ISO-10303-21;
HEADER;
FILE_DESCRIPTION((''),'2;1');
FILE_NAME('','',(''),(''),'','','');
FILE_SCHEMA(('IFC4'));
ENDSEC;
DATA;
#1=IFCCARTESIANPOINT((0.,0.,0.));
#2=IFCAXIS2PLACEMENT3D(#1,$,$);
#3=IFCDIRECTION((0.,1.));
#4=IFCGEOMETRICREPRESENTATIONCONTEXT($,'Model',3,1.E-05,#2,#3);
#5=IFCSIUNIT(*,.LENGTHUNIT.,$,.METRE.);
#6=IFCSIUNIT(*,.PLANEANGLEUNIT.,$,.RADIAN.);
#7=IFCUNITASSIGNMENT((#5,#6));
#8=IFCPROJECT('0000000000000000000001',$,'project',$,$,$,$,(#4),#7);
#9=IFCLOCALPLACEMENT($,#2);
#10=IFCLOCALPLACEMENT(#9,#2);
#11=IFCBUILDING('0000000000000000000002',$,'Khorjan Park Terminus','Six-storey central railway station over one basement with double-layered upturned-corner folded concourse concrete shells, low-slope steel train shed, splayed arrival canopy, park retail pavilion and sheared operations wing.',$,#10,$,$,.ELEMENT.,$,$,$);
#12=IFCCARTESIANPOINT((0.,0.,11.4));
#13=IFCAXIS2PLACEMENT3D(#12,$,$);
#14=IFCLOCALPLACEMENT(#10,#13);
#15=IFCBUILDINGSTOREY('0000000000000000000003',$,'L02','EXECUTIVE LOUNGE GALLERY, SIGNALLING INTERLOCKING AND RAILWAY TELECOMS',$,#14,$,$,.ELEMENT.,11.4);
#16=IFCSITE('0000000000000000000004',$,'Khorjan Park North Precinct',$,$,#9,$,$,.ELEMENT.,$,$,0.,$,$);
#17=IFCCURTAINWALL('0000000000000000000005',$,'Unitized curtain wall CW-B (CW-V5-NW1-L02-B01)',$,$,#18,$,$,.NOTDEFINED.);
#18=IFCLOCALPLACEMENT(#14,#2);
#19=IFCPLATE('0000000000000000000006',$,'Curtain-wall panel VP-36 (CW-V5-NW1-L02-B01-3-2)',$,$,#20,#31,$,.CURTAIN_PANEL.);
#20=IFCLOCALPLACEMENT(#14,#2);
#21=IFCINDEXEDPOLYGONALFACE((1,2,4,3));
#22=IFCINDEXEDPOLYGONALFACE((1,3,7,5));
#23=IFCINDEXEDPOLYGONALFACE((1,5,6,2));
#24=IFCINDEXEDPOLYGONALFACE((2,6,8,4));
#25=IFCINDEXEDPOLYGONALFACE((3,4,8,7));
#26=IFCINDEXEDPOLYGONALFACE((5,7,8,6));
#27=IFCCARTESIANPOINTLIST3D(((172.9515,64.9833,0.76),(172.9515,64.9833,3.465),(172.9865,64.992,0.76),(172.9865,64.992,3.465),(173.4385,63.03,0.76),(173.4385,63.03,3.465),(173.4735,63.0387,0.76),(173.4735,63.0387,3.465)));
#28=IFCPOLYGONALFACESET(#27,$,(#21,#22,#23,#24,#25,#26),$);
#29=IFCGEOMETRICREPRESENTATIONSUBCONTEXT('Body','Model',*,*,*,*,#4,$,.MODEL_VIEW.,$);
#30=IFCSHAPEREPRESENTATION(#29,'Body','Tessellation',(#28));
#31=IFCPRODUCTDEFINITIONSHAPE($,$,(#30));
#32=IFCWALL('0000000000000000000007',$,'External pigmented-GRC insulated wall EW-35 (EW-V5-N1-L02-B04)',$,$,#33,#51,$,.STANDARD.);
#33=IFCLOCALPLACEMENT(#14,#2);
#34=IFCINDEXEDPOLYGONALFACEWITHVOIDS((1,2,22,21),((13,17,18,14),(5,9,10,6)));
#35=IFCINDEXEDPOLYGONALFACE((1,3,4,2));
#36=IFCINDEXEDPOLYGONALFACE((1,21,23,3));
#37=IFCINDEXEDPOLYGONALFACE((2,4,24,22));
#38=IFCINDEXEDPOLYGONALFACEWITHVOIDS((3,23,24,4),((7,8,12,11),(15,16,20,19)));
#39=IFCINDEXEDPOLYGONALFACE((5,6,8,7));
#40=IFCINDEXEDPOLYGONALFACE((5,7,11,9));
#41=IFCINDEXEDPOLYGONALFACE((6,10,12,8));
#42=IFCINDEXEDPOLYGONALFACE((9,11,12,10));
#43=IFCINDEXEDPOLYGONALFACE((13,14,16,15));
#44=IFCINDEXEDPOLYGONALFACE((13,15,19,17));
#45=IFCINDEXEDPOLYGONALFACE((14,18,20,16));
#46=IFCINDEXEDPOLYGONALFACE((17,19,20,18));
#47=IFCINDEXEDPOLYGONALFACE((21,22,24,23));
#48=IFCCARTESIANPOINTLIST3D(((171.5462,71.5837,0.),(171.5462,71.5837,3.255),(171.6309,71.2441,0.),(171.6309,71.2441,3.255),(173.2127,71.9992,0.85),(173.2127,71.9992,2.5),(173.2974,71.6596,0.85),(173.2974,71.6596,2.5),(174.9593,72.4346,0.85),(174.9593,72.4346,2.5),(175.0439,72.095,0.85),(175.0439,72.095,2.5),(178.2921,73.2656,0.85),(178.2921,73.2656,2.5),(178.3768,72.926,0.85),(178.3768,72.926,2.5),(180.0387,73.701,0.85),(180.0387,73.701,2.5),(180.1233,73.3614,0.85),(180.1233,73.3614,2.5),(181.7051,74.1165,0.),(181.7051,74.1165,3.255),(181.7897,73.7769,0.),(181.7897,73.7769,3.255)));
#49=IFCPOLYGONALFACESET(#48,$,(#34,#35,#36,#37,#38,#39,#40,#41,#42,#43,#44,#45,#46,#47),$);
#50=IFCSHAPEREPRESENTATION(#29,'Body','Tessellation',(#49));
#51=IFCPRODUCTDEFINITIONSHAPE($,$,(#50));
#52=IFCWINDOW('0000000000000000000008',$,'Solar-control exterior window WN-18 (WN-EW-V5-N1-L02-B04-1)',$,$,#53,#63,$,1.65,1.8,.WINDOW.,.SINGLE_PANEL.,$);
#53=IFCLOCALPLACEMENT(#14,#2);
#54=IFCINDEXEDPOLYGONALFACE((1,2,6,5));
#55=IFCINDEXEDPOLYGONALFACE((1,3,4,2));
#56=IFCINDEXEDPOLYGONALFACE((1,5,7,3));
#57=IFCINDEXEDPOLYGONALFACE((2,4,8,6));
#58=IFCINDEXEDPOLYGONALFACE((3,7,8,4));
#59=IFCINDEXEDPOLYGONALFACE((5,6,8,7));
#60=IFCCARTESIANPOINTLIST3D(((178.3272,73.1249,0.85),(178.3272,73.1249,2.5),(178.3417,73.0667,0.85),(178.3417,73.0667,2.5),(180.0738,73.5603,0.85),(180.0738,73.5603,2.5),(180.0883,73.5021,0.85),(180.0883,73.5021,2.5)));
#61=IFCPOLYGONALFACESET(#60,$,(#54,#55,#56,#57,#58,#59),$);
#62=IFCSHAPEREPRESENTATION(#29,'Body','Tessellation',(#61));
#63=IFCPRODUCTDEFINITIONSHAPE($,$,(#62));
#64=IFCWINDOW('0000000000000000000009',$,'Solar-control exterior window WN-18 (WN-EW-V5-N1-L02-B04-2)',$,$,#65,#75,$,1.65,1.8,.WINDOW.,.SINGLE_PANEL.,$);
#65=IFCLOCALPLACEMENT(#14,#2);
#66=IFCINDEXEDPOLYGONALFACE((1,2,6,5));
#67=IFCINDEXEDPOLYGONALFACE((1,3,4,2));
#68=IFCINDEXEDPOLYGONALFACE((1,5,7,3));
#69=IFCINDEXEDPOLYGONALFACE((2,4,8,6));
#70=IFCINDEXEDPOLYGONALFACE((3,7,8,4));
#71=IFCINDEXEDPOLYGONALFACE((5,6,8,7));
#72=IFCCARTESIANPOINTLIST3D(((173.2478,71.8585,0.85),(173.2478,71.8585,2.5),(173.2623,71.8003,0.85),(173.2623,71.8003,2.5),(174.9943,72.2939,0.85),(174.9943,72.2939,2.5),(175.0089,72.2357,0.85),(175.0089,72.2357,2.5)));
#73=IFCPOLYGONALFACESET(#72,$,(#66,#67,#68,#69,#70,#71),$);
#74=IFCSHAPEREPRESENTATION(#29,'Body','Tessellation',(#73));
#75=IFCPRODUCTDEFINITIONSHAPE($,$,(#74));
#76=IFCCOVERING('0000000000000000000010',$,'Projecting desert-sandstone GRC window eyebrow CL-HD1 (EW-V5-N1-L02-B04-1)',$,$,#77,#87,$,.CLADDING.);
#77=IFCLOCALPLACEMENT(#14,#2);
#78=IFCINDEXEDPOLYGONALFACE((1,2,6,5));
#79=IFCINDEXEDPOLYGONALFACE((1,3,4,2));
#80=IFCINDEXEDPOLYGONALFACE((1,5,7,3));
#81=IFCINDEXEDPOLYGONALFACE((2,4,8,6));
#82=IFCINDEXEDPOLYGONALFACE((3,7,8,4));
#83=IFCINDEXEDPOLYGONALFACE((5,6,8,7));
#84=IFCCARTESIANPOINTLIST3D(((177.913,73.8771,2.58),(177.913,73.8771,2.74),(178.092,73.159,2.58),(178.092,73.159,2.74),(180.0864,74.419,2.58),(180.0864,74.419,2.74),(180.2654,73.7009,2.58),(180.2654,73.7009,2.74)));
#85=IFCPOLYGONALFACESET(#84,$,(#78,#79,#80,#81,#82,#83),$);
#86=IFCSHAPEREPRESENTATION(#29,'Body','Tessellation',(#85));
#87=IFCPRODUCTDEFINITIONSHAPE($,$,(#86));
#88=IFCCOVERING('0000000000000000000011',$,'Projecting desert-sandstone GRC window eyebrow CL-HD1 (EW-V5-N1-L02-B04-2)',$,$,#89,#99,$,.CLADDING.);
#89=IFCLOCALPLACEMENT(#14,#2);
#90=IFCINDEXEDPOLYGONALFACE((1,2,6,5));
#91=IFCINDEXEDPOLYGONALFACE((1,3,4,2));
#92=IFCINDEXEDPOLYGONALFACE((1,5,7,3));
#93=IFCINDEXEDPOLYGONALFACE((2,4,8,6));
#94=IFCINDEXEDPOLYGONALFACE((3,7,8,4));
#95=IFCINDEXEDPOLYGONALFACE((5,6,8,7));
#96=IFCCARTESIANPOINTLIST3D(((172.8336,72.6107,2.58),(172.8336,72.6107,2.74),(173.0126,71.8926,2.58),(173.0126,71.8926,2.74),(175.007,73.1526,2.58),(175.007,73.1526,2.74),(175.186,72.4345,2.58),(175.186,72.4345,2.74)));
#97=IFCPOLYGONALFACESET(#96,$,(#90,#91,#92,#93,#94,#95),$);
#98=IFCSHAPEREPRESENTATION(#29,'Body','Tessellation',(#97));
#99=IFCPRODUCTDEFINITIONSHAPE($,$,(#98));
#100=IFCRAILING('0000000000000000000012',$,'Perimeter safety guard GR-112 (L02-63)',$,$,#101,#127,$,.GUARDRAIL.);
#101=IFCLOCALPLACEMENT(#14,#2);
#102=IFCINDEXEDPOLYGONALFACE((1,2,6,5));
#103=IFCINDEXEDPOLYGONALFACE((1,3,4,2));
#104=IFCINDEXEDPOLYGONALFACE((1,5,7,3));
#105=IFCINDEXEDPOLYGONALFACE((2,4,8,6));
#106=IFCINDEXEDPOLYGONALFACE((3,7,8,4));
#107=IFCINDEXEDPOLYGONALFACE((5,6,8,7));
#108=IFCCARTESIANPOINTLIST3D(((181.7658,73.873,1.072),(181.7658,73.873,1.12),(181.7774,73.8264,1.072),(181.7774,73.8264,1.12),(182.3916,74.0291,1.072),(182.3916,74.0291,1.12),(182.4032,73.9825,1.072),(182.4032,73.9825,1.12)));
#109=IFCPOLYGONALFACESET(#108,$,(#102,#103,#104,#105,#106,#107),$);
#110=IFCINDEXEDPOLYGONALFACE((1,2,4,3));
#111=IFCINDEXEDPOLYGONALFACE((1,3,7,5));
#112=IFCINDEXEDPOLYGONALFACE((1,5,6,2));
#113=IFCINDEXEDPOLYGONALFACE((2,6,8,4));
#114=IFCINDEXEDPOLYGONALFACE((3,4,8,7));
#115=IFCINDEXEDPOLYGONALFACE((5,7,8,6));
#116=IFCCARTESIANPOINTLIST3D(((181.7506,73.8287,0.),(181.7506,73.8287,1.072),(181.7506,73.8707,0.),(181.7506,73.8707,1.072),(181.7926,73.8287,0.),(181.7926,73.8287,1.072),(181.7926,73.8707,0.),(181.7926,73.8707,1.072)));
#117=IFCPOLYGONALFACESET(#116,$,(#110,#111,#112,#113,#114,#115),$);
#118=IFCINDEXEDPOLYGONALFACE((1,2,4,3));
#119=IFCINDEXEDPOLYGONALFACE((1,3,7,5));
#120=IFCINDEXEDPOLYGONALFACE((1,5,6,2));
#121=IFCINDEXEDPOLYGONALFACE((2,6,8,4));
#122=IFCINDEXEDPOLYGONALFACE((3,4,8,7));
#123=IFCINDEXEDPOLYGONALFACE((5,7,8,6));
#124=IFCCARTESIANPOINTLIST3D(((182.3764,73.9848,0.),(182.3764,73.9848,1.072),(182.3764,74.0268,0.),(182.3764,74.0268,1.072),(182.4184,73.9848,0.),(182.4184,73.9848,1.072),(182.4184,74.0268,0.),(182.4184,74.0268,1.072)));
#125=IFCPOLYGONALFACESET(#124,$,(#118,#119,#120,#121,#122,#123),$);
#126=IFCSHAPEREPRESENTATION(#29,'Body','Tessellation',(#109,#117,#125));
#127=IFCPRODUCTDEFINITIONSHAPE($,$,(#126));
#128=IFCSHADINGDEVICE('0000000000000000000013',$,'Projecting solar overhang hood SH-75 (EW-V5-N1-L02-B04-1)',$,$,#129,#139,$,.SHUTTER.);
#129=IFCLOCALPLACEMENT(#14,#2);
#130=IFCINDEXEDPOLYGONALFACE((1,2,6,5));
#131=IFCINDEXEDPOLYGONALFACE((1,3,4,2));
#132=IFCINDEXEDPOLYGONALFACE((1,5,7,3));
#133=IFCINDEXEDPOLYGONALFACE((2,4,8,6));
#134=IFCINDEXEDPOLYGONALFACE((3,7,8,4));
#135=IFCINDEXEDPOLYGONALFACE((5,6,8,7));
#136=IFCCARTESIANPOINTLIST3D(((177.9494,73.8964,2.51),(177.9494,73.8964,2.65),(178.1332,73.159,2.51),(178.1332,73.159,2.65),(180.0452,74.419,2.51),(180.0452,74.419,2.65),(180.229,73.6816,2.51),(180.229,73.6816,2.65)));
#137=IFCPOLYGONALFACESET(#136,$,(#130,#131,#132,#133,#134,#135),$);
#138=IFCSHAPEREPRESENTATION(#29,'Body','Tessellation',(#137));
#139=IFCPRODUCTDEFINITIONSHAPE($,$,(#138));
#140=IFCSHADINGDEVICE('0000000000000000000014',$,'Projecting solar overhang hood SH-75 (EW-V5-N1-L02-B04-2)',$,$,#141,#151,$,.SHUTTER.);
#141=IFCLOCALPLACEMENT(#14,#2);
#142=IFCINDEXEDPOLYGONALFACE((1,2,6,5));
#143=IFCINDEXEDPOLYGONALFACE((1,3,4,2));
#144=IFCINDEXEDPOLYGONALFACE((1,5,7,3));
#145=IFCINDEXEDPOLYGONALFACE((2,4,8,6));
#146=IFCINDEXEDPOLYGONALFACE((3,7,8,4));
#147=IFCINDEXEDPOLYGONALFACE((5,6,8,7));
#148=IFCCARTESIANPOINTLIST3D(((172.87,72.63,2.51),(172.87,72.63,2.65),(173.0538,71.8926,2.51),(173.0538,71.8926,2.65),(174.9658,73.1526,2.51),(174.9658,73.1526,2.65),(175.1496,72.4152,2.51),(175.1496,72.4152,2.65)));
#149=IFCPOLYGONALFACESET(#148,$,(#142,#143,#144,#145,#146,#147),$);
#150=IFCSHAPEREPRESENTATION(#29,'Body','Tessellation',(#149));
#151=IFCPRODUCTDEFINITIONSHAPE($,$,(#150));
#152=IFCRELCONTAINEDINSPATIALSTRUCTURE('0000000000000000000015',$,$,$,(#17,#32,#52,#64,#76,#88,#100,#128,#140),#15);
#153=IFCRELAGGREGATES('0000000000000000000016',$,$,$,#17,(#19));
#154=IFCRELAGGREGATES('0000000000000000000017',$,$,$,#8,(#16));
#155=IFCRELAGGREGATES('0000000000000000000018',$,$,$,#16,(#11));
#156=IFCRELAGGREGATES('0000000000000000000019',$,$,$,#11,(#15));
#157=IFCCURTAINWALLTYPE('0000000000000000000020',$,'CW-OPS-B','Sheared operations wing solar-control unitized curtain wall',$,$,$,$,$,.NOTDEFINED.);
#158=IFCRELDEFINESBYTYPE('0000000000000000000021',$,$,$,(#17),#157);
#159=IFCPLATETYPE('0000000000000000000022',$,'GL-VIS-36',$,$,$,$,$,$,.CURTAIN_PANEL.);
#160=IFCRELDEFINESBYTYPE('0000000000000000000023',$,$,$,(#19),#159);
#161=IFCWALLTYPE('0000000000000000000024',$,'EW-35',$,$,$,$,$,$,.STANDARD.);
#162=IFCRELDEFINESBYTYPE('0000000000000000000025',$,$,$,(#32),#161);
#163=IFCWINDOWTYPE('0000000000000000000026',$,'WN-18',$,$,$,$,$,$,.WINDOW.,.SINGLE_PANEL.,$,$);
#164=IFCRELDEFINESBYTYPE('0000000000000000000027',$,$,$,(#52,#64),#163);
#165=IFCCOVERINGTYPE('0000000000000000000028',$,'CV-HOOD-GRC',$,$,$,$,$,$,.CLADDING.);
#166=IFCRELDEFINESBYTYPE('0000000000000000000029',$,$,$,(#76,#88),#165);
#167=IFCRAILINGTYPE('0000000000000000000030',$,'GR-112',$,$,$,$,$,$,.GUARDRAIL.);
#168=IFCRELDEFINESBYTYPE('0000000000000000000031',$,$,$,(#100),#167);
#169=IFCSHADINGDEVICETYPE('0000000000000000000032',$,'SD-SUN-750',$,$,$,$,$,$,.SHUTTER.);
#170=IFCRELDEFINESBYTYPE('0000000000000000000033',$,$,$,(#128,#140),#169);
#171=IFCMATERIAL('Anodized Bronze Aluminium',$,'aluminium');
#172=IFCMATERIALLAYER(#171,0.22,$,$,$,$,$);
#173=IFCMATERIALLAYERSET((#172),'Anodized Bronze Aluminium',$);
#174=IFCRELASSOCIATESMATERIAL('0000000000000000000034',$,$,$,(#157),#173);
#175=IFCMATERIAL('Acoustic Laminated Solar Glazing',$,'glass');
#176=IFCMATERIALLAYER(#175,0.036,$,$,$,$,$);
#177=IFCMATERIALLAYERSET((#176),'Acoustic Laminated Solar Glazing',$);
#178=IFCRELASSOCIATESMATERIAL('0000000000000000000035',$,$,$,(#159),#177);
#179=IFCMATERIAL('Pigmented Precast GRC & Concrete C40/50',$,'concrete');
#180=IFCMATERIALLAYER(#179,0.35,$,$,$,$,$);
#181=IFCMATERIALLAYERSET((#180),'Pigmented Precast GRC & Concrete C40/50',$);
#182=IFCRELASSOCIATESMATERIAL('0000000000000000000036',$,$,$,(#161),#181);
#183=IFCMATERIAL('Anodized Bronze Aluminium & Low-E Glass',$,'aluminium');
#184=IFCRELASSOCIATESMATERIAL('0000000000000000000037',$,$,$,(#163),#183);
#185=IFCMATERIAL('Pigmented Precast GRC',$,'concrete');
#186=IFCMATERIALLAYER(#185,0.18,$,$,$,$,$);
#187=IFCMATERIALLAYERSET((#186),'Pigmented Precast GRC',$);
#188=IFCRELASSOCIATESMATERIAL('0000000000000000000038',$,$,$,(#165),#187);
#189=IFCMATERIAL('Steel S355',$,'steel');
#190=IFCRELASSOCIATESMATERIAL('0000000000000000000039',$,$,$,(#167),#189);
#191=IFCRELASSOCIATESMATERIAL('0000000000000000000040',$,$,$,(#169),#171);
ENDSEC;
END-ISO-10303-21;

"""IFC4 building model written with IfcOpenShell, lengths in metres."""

from ifc_helpers import new_model, si_unit, direction, frame, frame_2d, origin, origin_2d, place, context, subcontext, project, spatial, rectangle, extrude, material, layer, layer_set, type_object, element, fill, aggregate, save


model = new_model("IFC4")

# Units and contexts
model_context = context("Model", 3, precision=1e-05, world=origin(), true_north=direction((0.0, 1.0)))
body_context = subcontext(model_context, "Body", "Model", "MODEL_VIEW")
ifc_project = project(units=[si_unit("LENGTHUNIT", "METRE"), si_unit("PLANEANGLEUNIT", "RADIAN")], contexts=[model_context])

# Site, building, storey
site_placement = place(None, origin())
site = spatial("IfcSite", under=ifc_project, at=site_placement, Name="Khorjan Park North Precinct", CompositionType="ELEMENT", RefElevation=0.0)
building_placement = place(site_placement, origin())
building = spatial("IfcBuilding", under=site, at=building_placement, Name="Khorjan Park Terminus", Description="Six-storey central railway station over one basement with double-layered upturned-corner folded concourse concrete shells, low-slope steel train shed, splayed arrival canopy, park retail pavilion and sheared operations wing.", CompositionType="ELEMENT")
storey_placement = place(building_placement, frame((0.0, 0.0, 11.4)))
storey = spatial("IfcBuildingStorey", under=building, at=storey_placement, Name="L02", Description="EXECUTIVE LOUNGE GALLERY, SIGNALLING INTERLOCKING AND RAILWAY TELECOMS", CompositionType="ELEMENT", Elevation=11.4)

# Shared definitions
ifc_material_1 = material(Name="Steel S355", Category="steel")

# Curtain wall, plate
ifc_material_2 = material(Name="Anodized Bronze Aluminium", Category="aluminium")
ifc_layer_1 = layer(ifc_material_2, 0.22)
ifc_layer_set_1 = layer_set([ifc_layer_1], Name="Anodized Bronze Aluminium")
curtain_wall_type = type_object("IfcCurtainWallType", Name="CW-OPS-B", Description="Sheared operations wing solar-control unitized curtain wall", PredefinedType="NOTDEFINED", material=ifc_layer_set_1)
curtain_wall_placement = place(storey_placement, origin())
curtain_wall = element("IfcCurtainWall", 1, at=curtain_wall_placement, inside=storey, type_object=curtain_wall_type, Name="Unitized curtain wall CW-B (CW-V5-NW1-L02-B01)", PredefinedType="NOTDEFINED")
ifc_material_3 = material(Name="Acoustic Laminated Solar Glazing", Category="glass")
ifc_layer_2 = layer(ifc_material_3, 0.036)
ifc_layer_set_2 = layer_set([ifc_layer_2], Name="Acoustic Laminated Solar Glazing")
plate_type = type_object("IfcPlateType", Name="GL-VIS-36", PredefinedType="CURTAIN_PANEL", material=ifc_layer_set_2)
plate_placement = place(storey_placement, frame((173.2125, 64.011, 0.76), z_axis=(0.0, 0.0, 1.0), x_axis=(0.241921, -0.970296, 0.0)))
plate = element("IfcPlate", 2, at=plate_placement, type_object=plate_type, Name="Curtain-wall panel VP-36 (CW-V5-NW1-L02-B01-3-2)", PredefinedType="CURTAIN_PANEL", context=body_context, shape_type="SweptSolid", body=[
    extrude(rectangle(XDim=2.0131, YDim=0.036, at=origin_2d()), origin(), (0.0, 0.0, 1.0), 2.705),
])
aggregate(curtain_wall, [plate])

# Wall, openings, windows
ifc_material_4 = material(Name="Pigmented Precast GRC & Concrete C40/50", Category="concrete")
ifc_layer_3 = layer(ifc_material_4, 0.35)
ifc_layer_set_3 = layer_set([ifc_layer_3], Name="Pigmented Precast GRC & Concrete C40/50")
wall_type = type_object("IfcWallType", Name="EW-35", PredefinedType="STANDARD", material=ifc_layer_set_3)
wall_placement = place(storey_placement, frame((181.7474, 73.9467, 0.0), z_axis=(0.0, 0.0, 1.0), x_axis=(-0.970297, -0.241915, 0.0)))
wall = element("IfcWall", 3, at=wall_placement, inside=storey, type_object=wall_type, Name="External pigmented-GRC insulated wall EW-35 (EW-V5-N1-L02-B04)", PredefinedType="STANDARD", context=body_context, shape_type="SweptSolid", body=[
    extrude(rectangle(XDim=10.4698, YDim=0.35, at=frame_2d((5.2349, 0.0))), origin(), (0.0, 0.0, 1.0), 3.255),
])
opening_1_placement = place(wall_placement, frame((1.7174, 0.0, 0.85)))
opening_1 = element("IfcOpeningElement", 4, at=opening_1_placement, cuts=wall, PredefinedType="OPENING", context=body_context, shape_type="SweptSolid", body=[
    extrude(rectangle(XDim=1.8, YDim=1.65, at=frame_2d((0.9, 0.825))), frame((0.0, 0.185, 0.0), z_axis=(0.0, -1.0, 0.0), x_axis=(1.0, 0.0, 0.0)), (0.0, 0.0, 1.0), 0.37),
])
opening_2_placement = place(wall_placement, frame((6.9523, 0.0, 0.85)))
opening_2 = element("IfcOpeningElement", 5, at=opening_2_placement, cuts=wall, PredefinedType="OPENING", context=body_context, shape_type="SweptSolid", body=[
    extrude(rectangle(XDim=1.8, YDim=1.65, at=frame_2d((0.9, 0.825))), frame((0.0, 0.185, 0.0), z_axis=(0.0, -1.0, 0.0), x_axis=(1.0, 0.0, 0.0)), (0.0, 0.0, 1.0), 0.37),
])
ifc_material_5 = material(Name="Anodized Bronze Aluminium & Low-E Glass", Category="aluminium")
window_type = type_object("IfcWindowType", Name="WN-18", PartitioningType="SINGLE_PANEL", PredefinedType="WINDOW", material=ifc_material_5)
window_1_placement = place(opening_1_placement, origin())
window_1 = element("IfcWindow", 6, at=window_1_placement, inside=storey, type_object=window_type, Name="Solar-control exterior window WN-18 (WN-EW-V5-N1-L02-B04-1)", OverallHeight=1.65, OverallWidth=1.8, PartitioningType="SINGLE_PANEL", PredefinedType="WINDOW", context=body_context, shape_type="SweptSolid", body=[
    extrude(rectangle(XDim=1.8, YDim=1.65, at=frame_2d((0.9, 0.825))), frame((0.0, 0.03, 0.0), z_axis=(0.0, -1.0, 0.0), x_axis=(1.0, 0.0, 0.0)), (0.0, 0.0, 1.0), 0.06),
])
fill(opening_1, window_1)
window_2_placement = place(opening_2_placement, origin())
window_2 = element("IfcWindow", 7, at=window_2_placement, inside=storey, type_object=window_type, Name="Solar-control exterior window WN-18 (WN-EW-V5-N1-L02-B04-2)", OverallHeight=1.65, OverallWidth=1.8, PartitioningType="SINGLE_PANEL", PredefinedType="WINDOW", context=body_context, shape_type="SweptSolid", body=[
    extrude(rectangle(XDim=1.8, YDim=1.65, at=frame_2d((0.9, 0.825))), frame((0.0, 0.03, 0.0), z_axis=(0.0, -1.0, 0.0), x_axis=(1.0, 0.0, 0.0)), (0.0, 0.0, 1.0), 0.06),
])
fill(opening_2, window_2)

# Coverings
ifc_material_6 = material(Name="Pigmented Precast GRC", Category="concrete")
ifc_layer_4 = layer(ifc_material_6, 0.18)
ifc_layer_set_4 = layer_set([ifc_layer_4], Name="Pigmented Precast GRC")
covering_type = type_object("IfcCoveringType", Name="CV-HOOD-GRC", PredefinedType="CLADDING", material=ifc_layer_set_4)
for number, where, z_axis, x_axis, name in (
    (8, (179.0892, 73.789, 2.58), (0.0, 0.0, 1.0), (-0.970297, -0.241915, 0.0), "Projecting desert-sandstone GRC window eyebrow CL-HD1 (EW-V5-N1-L02-B04-1)"),
    (9, (174.0098, 72.5226, 2.58), (0.0, 0.0, 1.0), (-0.970297, -0.241915, 0.0), "Projecting desert-sandstone GRC window eyebrow CL-HD1 (EW-V5-N1-L02-B04-2)"),
):
    element("IfcCovering", number, at=place(storey_placement, frame(where, z_axis=z_axis, x_axis=x_axis)), inside=storey, type_object=covering_type, Name=name, PredefinedType="CLADDING", context=body_context, shape_type="SweptSolid", body=[
        extrude(rectangle(XDim=2.24, YDim=0.74, at=origin_2d()), origin(), (0.0, 0.0, 1.0), 0.16),
    ])

# Railing
railing_type = type_object("IfcRailingType", Name="GR-112", PredefinedType="GUARDRAIL", material=ifc_material_1)
railing_placement = place(storey_placement, frame((181.7716, 73.8497, 0.0)))
element("IfcRailing", 10, at=railing_placement, inside=storey, type_object=railing_type, Name="Perimeter safety guard GR-112 (L02-63)", PredefinedType="GUARDRAIL", context=body_context, shape_type="SweptSolid", body=[
    extrude(rectangle(XDim=0.048, YDim=0.048, at=origin_2d()), frame((0.0, 0.0, 1.096), z_axis=(0.97027, 0.242025, 0.0), x_axis=(-0.242025, 0.97027, 0.0)), (0.0, 0.0, 1.0), 0.645),
    extrude(rectangle(XDim=0.042, YDim=0.042, at=origin_2d()), origin(), (0.0, 0.0, 1.0), 1.072),
    extrude(rectangle(XDim=0.042, YDim=0.042, at=origin_2d()), frame((0.6258, 0.1561, 0.0)), (0.0, 0.0, 1.0), 1.072),
])

# Shading devices
shading_device_type = type_object("IfcShadingDeviceType", Name="SD-SUN-750", PredefinedType="SHUTTER", material=ifc_material_2)
for number, where, z_axis, x_axis, name in (
    (11, (179.0892, 73.789, 2.51), (0.0, 0.0, 1.0), (-0.970297, -0.241915, 0.0), "Projecting solar overhang hood SH-75 (EW-V5-N1-L02-B04-1)"),
    (12, (174.0098, 72.5226, 2.51), (0.0, 0.0, 1.0), (-0.970297, -0.241915, 0.0), "Projecting solar overhang hood SH-75 (EW-V5-N1-L02-B04-2)"),
):
    element("IfcShadingDevice", number, at=place(storey_placement, frame(where, z_axis=z_axis, x_axis=x_axis)), inside=storey, type_object=shading_device_type, Name=name, PredefinedType="SHUTTER", context=body_context, shape_type="SweptSolid", body=[
        extrude(rectangle(XDim=2.16, YDim=0.76, at=origin_2d()), origin(), (0.0, 0.0, 1.0), 0.14),
    ])

save(model, "model.ifc")
